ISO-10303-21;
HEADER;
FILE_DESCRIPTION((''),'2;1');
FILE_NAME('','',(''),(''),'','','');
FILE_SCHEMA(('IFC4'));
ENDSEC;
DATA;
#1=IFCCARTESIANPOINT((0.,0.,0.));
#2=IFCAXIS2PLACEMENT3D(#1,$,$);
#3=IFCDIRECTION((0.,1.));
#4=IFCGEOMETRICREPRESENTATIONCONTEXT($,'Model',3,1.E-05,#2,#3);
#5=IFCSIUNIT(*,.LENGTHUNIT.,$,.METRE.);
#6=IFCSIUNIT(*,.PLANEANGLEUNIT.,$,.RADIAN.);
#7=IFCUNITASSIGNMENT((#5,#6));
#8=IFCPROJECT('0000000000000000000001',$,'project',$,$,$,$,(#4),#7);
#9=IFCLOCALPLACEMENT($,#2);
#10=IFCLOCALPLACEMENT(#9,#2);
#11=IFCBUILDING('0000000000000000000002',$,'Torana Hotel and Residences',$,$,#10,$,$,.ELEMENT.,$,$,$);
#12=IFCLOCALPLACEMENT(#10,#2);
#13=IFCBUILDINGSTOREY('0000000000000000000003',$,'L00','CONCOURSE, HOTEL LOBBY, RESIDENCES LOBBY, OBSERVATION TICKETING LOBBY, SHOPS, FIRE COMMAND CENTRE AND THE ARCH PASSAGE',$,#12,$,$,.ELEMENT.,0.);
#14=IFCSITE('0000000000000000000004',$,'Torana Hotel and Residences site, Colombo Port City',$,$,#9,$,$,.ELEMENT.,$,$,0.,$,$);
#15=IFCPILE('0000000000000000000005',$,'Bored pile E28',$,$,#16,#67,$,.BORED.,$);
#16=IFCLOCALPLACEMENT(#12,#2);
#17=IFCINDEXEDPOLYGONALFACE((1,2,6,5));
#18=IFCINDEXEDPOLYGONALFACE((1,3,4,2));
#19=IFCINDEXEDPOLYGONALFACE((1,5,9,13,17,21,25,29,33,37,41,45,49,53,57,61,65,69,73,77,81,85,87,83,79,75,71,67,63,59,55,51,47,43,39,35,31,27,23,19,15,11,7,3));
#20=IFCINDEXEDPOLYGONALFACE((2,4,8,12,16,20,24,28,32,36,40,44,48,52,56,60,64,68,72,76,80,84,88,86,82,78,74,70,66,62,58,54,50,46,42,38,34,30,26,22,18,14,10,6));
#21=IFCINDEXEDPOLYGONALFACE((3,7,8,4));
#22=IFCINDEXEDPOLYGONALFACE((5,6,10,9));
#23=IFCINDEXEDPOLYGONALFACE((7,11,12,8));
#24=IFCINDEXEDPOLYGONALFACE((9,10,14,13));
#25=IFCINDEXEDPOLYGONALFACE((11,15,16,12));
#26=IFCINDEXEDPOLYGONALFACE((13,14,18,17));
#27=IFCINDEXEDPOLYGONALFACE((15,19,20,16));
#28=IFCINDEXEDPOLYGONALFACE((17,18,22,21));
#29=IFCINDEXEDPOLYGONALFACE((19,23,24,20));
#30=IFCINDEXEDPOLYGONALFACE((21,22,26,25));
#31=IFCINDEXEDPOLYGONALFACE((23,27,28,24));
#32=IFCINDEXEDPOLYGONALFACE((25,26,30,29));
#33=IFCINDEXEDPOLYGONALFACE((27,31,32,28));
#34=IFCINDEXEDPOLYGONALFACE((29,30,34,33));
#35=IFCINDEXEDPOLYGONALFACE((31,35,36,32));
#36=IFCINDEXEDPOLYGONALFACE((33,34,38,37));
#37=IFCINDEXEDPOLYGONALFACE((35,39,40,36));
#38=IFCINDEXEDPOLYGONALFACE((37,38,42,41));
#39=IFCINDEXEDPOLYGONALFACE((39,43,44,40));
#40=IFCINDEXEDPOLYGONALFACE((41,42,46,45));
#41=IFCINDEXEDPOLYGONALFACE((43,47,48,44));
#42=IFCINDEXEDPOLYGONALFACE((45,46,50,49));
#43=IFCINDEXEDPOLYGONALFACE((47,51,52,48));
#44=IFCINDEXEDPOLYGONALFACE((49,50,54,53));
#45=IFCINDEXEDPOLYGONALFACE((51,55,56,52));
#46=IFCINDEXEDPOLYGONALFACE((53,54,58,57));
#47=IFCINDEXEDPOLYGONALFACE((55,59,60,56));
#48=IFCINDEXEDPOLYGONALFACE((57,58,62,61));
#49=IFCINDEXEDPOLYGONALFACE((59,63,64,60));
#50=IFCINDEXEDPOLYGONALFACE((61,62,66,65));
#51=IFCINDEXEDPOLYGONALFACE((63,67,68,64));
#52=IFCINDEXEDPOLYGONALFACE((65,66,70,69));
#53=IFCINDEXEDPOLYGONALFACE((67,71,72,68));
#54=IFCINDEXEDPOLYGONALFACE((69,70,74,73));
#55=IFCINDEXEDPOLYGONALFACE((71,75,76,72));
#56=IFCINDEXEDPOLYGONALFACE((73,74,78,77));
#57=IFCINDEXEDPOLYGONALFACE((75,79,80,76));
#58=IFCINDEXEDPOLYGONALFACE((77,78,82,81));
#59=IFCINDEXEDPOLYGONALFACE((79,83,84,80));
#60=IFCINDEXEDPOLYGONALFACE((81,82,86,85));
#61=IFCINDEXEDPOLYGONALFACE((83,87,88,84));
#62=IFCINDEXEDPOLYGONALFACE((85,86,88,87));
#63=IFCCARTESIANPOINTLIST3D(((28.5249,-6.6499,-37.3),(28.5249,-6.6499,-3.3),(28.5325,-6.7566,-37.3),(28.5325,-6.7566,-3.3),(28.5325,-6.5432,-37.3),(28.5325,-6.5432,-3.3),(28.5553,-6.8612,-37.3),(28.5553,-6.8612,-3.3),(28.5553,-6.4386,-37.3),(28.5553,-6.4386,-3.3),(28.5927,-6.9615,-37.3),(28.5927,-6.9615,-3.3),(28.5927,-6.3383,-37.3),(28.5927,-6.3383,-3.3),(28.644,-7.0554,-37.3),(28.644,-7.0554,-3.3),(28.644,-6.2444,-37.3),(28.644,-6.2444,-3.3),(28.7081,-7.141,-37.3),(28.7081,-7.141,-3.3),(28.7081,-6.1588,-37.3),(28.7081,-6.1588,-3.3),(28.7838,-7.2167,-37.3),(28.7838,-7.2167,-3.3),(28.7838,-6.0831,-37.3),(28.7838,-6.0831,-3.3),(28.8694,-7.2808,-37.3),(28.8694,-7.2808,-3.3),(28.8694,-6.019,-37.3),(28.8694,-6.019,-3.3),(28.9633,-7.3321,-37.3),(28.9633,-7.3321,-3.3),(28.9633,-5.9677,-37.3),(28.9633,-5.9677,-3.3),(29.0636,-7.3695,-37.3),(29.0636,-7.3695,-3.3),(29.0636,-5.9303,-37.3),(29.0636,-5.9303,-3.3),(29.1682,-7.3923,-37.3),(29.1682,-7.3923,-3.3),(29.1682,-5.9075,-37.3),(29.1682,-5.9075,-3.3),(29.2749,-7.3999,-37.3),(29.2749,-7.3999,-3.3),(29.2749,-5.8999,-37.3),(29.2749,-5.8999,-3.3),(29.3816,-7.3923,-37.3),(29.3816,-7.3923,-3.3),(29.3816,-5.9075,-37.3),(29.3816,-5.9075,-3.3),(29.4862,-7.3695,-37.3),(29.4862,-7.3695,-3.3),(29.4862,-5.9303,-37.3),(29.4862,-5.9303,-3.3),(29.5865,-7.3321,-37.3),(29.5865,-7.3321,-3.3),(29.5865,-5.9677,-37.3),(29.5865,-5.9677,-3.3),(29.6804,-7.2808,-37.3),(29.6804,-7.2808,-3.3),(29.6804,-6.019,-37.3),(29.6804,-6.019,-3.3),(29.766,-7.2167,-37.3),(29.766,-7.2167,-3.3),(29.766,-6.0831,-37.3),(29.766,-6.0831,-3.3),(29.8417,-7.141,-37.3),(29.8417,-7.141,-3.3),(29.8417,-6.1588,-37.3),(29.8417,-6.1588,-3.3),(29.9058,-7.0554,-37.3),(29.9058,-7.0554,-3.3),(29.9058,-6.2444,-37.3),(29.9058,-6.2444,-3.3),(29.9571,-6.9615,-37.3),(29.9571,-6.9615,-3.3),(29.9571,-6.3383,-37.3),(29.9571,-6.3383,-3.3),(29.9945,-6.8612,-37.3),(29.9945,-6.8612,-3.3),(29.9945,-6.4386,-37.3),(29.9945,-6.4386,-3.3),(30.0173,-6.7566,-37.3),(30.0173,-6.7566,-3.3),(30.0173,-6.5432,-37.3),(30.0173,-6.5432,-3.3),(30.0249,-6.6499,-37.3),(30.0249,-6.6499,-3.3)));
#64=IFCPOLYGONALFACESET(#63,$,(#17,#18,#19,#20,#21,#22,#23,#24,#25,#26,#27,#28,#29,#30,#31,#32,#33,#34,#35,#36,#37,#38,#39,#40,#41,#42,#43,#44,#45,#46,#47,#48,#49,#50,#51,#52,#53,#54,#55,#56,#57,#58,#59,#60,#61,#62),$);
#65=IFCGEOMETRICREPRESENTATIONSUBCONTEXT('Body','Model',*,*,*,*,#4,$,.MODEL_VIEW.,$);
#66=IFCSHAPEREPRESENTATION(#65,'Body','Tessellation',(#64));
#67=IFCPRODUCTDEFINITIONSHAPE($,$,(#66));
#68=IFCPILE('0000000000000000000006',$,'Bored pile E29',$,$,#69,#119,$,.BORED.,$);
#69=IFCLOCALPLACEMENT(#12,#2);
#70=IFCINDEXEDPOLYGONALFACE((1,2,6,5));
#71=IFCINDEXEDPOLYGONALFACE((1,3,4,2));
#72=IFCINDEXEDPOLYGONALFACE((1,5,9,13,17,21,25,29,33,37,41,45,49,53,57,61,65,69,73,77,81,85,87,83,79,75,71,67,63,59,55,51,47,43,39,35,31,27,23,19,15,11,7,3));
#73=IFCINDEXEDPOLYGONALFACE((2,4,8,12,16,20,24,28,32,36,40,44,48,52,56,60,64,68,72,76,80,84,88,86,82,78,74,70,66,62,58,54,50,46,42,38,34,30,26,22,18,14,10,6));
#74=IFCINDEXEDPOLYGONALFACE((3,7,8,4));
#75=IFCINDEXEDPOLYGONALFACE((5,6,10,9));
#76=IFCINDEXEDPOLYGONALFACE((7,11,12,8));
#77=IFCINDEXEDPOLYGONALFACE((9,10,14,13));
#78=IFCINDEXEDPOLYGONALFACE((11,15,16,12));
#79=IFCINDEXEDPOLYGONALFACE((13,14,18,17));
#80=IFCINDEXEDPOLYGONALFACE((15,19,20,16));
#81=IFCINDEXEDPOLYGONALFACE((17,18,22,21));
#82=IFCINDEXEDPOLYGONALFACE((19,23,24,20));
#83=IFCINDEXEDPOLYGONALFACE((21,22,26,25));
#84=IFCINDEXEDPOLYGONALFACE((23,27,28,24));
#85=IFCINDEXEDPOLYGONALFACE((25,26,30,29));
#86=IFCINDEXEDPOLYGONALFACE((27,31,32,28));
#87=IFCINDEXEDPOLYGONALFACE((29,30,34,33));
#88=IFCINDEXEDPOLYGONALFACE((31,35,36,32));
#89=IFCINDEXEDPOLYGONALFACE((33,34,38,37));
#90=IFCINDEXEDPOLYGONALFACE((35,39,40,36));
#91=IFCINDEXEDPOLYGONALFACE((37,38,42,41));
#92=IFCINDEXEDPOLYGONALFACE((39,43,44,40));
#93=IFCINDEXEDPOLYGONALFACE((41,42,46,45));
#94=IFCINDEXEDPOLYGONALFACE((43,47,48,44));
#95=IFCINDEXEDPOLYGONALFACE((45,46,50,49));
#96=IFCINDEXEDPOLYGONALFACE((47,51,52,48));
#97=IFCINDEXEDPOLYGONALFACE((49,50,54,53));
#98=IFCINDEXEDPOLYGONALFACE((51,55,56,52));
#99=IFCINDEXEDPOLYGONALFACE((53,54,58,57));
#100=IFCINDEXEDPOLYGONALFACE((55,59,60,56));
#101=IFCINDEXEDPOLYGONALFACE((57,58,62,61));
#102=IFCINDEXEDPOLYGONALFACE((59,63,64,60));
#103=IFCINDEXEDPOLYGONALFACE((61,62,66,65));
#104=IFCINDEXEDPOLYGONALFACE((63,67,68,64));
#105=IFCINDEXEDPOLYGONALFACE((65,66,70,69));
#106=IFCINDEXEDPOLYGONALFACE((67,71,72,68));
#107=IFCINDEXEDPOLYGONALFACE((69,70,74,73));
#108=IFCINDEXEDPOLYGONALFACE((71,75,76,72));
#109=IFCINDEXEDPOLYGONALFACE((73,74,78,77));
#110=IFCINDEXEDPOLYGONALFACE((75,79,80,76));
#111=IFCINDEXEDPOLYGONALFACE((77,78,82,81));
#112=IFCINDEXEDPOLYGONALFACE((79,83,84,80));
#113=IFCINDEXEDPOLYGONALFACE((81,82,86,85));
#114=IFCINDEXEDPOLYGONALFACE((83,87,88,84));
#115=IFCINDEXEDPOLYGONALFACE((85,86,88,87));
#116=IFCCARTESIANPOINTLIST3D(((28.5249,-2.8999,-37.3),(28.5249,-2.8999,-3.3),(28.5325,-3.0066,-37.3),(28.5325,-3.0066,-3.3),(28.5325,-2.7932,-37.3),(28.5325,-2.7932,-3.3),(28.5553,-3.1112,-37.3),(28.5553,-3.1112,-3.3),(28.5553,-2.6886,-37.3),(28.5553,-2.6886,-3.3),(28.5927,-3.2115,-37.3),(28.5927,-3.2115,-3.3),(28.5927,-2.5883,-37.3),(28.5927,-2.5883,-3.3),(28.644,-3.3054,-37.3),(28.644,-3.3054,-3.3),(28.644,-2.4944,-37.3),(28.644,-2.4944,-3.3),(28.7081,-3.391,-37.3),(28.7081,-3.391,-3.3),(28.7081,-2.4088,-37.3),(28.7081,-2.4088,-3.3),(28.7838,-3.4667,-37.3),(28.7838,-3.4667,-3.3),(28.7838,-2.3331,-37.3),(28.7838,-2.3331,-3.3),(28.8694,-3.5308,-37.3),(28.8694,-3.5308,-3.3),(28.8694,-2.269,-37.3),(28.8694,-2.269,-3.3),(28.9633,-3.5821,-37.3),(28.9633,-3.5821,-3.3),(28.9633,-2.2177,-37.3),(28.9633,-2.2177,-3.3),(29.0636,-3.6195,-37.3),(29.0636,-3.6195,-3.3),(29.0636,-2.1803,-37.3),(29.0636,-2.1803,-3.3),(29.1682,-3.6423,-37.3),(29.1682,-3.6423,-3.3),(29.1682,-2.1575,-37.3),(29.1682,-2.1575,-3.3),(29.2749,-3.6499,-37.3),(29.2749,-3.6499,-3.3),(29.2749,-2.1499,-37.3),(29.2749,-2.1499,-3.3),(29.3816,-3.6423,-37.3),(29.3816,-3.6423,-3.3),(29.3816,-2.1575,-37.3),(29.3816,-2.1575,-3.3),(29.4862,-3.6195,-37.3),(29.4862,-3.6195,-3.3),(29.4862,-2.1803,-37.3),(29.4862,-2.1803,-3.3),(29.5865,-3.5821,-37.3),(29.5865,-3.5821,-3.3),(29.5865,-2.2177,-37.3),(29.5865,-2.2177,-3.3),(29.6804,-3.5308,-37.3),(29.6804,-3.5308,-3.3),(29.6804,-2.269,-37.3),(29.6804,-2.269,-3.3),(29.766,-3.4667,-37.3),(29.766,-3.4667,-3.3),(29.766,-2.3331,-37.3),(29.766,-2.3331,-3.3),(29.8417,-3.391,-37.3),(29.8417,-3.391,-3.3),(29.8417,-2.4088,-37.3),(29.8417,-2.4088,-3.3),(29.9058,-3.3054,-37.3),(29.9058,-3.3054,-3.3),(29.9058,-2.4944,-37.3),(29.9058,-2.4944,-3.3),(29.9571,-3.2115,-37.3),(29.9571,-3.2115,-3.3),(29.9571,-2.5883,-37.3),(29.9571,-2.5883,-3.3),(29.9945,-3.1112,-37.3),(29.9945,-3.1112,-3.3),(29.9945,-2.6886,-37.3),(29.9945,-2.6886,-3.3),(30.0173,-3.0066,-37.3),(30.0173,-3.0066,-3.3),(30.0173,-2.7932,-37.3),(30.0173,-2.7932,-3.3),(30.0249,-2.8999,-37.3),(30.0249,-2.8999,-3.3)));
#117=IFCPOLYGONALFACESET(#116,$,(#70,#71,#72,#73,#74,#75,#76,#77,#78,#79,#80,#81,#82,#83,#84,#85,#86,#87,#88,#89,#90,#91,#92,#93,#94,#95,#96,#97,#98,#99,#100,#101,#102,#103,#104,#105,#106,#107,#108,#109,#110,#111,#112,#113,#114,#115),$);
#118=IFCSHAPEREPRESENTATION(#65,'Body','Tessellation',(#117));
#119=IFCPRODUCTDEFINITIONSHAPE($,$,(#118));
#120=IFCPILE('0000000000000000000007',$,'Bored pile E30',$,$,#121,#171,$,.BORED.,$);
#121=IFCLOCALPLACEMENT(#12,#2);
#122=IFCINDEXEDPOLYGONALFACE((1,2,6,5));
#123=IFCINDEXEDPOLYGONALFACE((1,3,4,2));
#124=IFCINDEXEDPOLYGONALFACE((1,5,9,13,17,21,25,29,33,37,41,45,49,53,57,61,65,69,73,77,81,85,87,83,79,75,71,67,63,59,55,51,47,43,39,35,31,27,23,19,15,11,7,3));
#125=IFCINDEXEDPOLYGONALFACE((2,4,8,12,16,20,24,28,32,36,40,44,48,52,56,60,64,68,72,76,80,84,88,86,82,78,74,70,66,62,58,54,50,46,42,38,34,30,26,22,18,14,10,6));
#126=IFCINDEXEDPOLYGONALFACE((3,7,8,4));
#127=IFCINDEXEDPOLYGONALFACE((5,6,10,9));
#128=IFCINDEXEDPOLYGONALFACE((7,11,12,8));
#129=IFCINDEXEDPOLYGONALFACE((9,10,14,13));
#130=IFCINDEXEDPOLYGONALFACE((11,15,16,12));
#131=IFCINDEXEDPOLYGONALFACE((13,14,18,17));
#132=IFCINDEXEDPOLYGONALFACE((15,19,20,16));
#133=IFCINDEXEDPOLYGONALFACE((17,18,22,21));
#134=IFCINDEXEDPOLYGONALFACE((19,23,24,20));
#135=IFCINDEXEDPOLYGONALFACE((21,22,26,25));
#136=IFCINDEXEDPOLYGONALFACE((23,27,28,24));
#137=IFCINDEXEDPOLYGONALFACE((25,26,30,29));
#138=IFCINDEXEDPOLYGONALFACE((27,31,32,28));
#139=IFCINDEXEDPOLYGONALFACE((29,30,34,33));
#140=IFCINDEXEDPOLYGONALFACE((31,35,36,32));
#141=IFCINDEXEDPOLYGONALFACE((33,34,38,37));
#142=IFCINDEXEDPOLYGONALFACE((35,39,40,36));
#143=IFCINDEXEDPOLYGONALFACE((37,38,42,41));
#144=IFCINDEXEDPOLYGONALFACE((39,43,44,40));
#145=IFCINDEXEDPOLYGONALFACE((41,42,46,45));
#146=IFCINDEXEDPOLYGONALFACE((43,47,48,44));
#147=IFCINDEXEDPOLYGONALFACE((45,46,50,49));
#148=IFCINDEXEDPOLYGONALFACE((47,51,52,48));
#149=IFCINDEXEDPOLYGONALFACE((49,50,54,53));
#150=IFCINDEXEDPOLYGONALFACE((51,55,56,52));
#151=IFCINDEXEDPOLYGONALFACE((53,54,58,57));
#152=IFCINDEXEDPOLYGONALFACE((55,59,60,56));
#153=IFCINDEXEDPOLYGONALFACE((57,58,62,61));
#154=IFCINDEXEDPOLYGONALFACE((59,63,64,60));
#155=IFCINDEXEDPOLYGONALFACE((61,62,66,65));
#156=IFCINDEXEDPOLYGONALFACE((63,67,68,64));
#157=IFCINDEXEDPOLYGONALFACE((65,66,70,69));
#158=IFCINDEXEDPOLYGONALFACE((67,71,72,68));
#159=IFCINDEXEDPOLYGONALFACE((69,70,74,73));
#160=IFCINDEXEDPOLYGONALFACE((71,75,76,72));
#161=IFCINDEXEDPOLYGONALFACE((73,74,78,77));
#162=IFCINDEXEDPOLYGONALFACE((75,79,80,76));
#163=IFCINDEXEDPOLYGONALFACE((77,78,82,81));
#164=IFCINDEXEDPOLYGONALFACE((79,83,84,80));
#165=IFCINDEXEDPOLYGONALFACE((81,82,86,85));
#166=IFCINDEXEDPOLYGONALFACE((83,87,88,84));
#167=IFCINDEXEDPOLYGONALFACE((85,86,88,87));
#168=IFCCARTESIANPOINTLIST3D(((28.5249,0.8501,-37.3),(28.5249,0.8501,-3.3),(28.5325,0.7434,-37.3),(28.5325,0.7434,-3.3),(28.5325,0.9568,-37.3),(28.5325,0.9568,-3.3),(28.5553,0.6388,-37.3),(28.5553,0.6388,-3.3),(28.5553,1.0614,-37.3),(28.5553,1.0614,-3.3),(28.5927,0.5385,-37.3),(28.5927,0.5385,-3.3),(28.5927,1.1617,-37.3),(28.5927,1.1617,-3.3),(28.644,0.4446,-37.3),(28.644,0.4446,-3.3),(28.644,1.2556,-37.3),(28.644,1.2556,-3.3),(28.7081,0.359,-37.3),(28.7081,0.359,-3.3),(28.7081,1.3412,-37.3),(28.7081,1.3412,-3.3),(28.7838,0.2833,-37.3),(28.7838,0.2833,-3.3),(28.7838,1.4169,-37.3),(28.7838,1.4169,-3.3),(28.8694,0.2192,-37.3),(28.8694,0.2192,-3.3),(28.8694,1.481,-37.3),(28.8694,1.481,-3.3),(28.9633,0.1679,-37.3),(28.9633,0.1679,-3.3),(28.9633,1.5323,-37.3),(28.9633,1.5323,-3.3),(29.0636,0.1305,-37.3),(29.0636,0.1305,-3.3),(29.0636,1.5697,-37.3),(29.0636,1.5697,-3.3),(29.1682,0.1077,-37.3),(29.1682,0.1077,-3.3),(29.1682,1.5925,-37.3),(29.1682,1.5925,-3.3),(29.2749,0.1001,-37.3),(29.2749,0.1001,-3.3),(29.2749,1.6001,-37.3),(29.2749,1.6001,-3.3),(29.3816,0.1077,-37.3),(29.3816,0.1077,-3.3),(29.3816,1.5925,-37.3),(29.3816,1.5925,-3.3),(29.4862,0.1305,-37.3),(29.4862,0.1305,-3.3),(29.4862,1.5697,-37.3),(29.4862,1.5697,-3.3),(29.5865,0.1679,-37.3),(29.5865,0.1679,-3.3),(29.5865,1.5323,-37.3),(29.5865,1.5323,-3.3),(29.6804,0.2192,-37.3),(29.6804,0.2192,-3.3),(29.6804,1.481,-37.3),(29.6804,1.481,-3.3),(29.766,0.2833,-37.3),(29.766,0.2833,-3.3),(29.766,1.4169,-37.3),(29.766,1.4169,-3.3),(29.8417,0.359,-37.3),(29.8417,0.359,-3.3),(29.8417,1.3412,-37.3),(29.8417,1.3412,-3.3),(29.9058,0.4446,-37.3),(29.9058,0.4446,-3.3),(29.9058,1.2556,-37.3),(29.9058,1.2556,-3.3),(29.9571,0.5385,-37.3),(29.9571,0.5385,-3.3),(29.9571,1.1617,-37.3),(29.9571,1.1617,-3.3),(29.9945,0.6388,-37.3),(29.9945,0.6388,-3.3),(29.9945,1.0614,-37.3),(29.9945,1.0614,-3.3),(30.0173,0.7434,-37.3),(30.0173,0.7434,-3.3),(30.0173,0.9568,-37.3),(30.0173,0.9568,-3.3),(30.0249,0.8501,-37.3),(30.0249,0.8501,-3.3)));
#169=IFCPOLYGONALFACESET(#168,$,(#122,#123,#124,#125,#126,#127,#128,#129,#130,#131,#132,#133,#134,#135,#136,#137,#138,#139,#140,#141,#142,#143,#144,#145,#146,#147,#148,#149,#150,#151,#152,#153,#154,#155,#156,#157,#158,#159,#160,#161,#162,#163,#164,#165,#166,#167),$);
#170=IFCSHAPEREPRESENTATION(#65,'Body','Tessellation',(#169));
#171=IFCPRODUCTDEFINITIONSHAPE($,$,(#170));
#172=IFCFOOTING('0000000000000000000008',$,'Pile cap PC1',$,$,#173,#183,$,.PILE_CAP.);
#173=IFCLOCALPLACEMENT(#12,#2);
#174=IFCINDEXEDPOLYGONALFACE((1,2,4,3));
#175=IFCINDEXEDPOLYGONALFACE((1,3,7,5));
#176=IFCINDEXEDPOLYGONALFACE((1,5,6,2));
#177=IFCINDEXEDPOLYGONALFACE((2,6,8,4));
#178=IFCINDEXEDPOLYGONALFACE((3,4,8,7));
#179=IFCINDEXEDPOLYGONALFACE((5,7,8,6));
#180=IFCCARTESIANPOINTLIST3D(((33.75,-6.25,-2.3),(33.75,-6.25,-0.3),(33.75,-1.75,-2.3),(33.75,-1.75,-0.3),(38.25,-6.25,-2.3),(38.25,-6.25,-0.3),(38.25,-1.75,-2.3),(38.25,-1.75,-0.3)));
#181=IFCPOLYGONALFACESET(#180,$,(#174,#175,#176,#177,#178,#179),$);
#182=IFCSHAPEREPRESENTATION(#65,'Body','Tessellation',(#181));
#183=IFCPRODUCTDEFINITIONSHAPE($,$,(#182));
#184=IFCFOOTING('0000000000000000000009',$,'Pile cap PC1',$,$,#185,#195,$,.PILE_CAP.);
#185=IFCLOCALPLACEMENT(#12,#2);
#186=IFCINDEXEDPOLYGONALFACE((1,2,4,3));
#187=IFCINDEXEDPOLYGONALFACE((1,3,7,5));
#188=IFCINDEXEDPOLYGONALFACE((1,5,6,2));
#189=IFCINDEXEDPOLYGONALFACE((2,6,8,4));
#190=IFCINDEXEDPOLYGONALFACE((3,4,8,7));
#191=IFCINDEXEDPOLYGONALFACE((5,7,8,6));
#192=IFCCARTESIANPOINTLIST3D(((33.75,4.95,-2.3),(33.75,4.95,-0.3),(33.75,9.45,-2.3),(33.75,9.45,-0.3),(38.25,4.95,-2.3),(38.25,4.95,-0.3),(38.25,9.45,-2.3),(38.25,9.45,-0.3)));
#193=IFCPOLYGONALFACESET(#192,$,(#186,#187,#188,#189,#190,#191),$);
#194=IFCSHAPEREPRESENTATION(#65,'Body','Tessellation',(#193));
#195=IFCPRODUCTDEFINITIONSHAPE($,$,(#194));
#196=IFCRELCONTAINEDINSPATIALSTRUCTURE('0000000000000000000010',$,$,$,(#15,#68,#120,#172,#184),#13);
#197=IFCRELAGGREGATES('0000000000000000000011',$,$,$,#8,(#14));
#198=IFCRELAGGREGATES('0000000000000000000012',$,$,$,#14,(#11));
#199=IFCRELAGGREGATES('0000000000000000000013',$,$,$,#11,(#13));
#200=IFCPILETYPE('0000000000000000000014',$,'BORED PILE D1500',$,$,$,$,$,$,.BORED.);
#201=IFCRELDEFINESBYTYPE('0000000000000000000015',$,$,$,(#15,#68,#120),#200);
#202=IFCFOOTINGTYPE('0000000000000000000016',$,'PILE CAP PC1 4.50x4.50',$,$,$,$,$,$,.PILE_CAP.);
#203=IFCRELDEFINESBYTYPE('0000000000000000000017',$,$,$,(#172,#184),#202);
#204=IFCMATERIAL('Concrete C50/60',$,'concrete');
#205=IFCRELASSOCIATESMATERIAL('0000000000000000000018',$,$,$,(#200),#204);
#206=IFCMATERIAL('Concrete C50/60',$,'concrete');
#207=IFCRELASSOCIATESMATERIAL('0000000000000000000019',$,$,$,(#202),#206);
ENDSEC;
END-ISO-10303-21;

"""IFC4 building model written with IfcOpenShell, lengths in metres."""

from ifc_helpers import new_model, si_unit, direction, frame, origin, origin_2d, place, context, subcontext, project, spatial, rectangle, circle, extrude, material, type_object, element, save


model = new_model("IFC4")

# Units and contexts
model_context = context("Model", 3, precision=1e-05, world=origin(), true_north=direction((0.0, 1.0)))
body_context = subcontext(model_context, "Body", "Model", "MODEL_VIEW")
ifc_project = project(units=[si_unit("LENGTHUNIT", "METRE"), si_unit("PLANEANGLEUNIT", "RADIAN")], contexts=[model_context])

# Site, building, storey
site_placement = place(None, origin())
site = spatial("IfcSite", under=ifc_project, at=site_placement, Name="Torana Hotel and Residences site, Colombo Port City", CompositionType="ELEMENT", RefElevation=0.0)
building_placement = place(site_placement, origin())
building = spatial("IfcBuilding", under=site, at=building_placement, Name="Torana Hotel and Residences", CompositionType="ELEMENT")
storey_placement = place(building_placement, origin())
storey = spatial("IfcBuildingStorey", under=building, at=storey_placement, Name="L00", Description="CONCOURSE, HOTEL LOBBY, RESIDENCES LOBBY, OBSERVATION TICKETING LOBBY, SHOPS, FIRE COMMAND CENTRE AND THE ARCH PASSAGE", CompositionType="ELEMENT", Elevation=0.0)

# Piles
ifc_material_1 = material(Name="Concrete C50/60", Category="concrete")
pile_type_1 = type_object("IfcPileType", Name="BORED PILE D1500", PredefinedType="BORED", material=ifc_material_1)
for number, where, z_axis, x_axis, name in (
    (1, (29.2749, -6.6499, -3.3), (0.0, 0.0, -1.0), (1.0, 0.0, 0.0), "Bored pile E28"),
    (2, (29.2749, -2.8999, -3.3), (0.0, 0.0, -1.0), (1.0, 0.0, 0.0), "Bored pile E29"),
    (3, (29.2749, 0.8501, -3.3), (0.0, 0.0, -1.0), (1.0, 0.0, 0.0), "Bored pile E30"),
):
    element("IfcPile", number, at=place(storey_placement, frame(where, z_axis=z_axis, x_axis=x_axis)), inside=storey, type_object=pile_type_1, Name=name, PredefinedType="BORED", context=body_context, shape_type="SweptSolid", body=[
        extrude(circle(Radius=0.75, at=origin_2d()), origin(), (0.0, 0.0, 1.0), 34.0),
    ])

# Footings
ifc_material_2 = material(Name="Concrete C50/60", Category="concrete")
footing_type = type_object("IfcFootingType", Name="PILE CAP PC1 4.50x4.50", PredefinedType="PILE_CAP", material=ifc_material_2)
for number, where, z_axis, x_axis, name in (
    (4, (36.0, -4.0, -2.3), (0.0, 0.0, 1.0), (1.0, 0.0, 0.0), "Pile cap PC1"),
    (5, (36.0, 7.2, -2.3), (0.0, 0.0, 1.0), (1.0, 0.0, 0.0), "Pile cap PC1"),
):
    element("IfcFooting", number, at=place(storey_placement, frame(where, z_axis=z_axis, x_axis=x_axis)), inside=storey, type_object=footing_type, Name=name, PredefinedType="PILE_CAP", context=body_context, shape_type="SweptSolid", body=[
        extrude(rectangle(XDim=4.5, YDim=4.5, at=origin_2d()), origin(), (0.0, 0.0, 1.0), 2.0),
    ])

save(model, "model.ifc")
